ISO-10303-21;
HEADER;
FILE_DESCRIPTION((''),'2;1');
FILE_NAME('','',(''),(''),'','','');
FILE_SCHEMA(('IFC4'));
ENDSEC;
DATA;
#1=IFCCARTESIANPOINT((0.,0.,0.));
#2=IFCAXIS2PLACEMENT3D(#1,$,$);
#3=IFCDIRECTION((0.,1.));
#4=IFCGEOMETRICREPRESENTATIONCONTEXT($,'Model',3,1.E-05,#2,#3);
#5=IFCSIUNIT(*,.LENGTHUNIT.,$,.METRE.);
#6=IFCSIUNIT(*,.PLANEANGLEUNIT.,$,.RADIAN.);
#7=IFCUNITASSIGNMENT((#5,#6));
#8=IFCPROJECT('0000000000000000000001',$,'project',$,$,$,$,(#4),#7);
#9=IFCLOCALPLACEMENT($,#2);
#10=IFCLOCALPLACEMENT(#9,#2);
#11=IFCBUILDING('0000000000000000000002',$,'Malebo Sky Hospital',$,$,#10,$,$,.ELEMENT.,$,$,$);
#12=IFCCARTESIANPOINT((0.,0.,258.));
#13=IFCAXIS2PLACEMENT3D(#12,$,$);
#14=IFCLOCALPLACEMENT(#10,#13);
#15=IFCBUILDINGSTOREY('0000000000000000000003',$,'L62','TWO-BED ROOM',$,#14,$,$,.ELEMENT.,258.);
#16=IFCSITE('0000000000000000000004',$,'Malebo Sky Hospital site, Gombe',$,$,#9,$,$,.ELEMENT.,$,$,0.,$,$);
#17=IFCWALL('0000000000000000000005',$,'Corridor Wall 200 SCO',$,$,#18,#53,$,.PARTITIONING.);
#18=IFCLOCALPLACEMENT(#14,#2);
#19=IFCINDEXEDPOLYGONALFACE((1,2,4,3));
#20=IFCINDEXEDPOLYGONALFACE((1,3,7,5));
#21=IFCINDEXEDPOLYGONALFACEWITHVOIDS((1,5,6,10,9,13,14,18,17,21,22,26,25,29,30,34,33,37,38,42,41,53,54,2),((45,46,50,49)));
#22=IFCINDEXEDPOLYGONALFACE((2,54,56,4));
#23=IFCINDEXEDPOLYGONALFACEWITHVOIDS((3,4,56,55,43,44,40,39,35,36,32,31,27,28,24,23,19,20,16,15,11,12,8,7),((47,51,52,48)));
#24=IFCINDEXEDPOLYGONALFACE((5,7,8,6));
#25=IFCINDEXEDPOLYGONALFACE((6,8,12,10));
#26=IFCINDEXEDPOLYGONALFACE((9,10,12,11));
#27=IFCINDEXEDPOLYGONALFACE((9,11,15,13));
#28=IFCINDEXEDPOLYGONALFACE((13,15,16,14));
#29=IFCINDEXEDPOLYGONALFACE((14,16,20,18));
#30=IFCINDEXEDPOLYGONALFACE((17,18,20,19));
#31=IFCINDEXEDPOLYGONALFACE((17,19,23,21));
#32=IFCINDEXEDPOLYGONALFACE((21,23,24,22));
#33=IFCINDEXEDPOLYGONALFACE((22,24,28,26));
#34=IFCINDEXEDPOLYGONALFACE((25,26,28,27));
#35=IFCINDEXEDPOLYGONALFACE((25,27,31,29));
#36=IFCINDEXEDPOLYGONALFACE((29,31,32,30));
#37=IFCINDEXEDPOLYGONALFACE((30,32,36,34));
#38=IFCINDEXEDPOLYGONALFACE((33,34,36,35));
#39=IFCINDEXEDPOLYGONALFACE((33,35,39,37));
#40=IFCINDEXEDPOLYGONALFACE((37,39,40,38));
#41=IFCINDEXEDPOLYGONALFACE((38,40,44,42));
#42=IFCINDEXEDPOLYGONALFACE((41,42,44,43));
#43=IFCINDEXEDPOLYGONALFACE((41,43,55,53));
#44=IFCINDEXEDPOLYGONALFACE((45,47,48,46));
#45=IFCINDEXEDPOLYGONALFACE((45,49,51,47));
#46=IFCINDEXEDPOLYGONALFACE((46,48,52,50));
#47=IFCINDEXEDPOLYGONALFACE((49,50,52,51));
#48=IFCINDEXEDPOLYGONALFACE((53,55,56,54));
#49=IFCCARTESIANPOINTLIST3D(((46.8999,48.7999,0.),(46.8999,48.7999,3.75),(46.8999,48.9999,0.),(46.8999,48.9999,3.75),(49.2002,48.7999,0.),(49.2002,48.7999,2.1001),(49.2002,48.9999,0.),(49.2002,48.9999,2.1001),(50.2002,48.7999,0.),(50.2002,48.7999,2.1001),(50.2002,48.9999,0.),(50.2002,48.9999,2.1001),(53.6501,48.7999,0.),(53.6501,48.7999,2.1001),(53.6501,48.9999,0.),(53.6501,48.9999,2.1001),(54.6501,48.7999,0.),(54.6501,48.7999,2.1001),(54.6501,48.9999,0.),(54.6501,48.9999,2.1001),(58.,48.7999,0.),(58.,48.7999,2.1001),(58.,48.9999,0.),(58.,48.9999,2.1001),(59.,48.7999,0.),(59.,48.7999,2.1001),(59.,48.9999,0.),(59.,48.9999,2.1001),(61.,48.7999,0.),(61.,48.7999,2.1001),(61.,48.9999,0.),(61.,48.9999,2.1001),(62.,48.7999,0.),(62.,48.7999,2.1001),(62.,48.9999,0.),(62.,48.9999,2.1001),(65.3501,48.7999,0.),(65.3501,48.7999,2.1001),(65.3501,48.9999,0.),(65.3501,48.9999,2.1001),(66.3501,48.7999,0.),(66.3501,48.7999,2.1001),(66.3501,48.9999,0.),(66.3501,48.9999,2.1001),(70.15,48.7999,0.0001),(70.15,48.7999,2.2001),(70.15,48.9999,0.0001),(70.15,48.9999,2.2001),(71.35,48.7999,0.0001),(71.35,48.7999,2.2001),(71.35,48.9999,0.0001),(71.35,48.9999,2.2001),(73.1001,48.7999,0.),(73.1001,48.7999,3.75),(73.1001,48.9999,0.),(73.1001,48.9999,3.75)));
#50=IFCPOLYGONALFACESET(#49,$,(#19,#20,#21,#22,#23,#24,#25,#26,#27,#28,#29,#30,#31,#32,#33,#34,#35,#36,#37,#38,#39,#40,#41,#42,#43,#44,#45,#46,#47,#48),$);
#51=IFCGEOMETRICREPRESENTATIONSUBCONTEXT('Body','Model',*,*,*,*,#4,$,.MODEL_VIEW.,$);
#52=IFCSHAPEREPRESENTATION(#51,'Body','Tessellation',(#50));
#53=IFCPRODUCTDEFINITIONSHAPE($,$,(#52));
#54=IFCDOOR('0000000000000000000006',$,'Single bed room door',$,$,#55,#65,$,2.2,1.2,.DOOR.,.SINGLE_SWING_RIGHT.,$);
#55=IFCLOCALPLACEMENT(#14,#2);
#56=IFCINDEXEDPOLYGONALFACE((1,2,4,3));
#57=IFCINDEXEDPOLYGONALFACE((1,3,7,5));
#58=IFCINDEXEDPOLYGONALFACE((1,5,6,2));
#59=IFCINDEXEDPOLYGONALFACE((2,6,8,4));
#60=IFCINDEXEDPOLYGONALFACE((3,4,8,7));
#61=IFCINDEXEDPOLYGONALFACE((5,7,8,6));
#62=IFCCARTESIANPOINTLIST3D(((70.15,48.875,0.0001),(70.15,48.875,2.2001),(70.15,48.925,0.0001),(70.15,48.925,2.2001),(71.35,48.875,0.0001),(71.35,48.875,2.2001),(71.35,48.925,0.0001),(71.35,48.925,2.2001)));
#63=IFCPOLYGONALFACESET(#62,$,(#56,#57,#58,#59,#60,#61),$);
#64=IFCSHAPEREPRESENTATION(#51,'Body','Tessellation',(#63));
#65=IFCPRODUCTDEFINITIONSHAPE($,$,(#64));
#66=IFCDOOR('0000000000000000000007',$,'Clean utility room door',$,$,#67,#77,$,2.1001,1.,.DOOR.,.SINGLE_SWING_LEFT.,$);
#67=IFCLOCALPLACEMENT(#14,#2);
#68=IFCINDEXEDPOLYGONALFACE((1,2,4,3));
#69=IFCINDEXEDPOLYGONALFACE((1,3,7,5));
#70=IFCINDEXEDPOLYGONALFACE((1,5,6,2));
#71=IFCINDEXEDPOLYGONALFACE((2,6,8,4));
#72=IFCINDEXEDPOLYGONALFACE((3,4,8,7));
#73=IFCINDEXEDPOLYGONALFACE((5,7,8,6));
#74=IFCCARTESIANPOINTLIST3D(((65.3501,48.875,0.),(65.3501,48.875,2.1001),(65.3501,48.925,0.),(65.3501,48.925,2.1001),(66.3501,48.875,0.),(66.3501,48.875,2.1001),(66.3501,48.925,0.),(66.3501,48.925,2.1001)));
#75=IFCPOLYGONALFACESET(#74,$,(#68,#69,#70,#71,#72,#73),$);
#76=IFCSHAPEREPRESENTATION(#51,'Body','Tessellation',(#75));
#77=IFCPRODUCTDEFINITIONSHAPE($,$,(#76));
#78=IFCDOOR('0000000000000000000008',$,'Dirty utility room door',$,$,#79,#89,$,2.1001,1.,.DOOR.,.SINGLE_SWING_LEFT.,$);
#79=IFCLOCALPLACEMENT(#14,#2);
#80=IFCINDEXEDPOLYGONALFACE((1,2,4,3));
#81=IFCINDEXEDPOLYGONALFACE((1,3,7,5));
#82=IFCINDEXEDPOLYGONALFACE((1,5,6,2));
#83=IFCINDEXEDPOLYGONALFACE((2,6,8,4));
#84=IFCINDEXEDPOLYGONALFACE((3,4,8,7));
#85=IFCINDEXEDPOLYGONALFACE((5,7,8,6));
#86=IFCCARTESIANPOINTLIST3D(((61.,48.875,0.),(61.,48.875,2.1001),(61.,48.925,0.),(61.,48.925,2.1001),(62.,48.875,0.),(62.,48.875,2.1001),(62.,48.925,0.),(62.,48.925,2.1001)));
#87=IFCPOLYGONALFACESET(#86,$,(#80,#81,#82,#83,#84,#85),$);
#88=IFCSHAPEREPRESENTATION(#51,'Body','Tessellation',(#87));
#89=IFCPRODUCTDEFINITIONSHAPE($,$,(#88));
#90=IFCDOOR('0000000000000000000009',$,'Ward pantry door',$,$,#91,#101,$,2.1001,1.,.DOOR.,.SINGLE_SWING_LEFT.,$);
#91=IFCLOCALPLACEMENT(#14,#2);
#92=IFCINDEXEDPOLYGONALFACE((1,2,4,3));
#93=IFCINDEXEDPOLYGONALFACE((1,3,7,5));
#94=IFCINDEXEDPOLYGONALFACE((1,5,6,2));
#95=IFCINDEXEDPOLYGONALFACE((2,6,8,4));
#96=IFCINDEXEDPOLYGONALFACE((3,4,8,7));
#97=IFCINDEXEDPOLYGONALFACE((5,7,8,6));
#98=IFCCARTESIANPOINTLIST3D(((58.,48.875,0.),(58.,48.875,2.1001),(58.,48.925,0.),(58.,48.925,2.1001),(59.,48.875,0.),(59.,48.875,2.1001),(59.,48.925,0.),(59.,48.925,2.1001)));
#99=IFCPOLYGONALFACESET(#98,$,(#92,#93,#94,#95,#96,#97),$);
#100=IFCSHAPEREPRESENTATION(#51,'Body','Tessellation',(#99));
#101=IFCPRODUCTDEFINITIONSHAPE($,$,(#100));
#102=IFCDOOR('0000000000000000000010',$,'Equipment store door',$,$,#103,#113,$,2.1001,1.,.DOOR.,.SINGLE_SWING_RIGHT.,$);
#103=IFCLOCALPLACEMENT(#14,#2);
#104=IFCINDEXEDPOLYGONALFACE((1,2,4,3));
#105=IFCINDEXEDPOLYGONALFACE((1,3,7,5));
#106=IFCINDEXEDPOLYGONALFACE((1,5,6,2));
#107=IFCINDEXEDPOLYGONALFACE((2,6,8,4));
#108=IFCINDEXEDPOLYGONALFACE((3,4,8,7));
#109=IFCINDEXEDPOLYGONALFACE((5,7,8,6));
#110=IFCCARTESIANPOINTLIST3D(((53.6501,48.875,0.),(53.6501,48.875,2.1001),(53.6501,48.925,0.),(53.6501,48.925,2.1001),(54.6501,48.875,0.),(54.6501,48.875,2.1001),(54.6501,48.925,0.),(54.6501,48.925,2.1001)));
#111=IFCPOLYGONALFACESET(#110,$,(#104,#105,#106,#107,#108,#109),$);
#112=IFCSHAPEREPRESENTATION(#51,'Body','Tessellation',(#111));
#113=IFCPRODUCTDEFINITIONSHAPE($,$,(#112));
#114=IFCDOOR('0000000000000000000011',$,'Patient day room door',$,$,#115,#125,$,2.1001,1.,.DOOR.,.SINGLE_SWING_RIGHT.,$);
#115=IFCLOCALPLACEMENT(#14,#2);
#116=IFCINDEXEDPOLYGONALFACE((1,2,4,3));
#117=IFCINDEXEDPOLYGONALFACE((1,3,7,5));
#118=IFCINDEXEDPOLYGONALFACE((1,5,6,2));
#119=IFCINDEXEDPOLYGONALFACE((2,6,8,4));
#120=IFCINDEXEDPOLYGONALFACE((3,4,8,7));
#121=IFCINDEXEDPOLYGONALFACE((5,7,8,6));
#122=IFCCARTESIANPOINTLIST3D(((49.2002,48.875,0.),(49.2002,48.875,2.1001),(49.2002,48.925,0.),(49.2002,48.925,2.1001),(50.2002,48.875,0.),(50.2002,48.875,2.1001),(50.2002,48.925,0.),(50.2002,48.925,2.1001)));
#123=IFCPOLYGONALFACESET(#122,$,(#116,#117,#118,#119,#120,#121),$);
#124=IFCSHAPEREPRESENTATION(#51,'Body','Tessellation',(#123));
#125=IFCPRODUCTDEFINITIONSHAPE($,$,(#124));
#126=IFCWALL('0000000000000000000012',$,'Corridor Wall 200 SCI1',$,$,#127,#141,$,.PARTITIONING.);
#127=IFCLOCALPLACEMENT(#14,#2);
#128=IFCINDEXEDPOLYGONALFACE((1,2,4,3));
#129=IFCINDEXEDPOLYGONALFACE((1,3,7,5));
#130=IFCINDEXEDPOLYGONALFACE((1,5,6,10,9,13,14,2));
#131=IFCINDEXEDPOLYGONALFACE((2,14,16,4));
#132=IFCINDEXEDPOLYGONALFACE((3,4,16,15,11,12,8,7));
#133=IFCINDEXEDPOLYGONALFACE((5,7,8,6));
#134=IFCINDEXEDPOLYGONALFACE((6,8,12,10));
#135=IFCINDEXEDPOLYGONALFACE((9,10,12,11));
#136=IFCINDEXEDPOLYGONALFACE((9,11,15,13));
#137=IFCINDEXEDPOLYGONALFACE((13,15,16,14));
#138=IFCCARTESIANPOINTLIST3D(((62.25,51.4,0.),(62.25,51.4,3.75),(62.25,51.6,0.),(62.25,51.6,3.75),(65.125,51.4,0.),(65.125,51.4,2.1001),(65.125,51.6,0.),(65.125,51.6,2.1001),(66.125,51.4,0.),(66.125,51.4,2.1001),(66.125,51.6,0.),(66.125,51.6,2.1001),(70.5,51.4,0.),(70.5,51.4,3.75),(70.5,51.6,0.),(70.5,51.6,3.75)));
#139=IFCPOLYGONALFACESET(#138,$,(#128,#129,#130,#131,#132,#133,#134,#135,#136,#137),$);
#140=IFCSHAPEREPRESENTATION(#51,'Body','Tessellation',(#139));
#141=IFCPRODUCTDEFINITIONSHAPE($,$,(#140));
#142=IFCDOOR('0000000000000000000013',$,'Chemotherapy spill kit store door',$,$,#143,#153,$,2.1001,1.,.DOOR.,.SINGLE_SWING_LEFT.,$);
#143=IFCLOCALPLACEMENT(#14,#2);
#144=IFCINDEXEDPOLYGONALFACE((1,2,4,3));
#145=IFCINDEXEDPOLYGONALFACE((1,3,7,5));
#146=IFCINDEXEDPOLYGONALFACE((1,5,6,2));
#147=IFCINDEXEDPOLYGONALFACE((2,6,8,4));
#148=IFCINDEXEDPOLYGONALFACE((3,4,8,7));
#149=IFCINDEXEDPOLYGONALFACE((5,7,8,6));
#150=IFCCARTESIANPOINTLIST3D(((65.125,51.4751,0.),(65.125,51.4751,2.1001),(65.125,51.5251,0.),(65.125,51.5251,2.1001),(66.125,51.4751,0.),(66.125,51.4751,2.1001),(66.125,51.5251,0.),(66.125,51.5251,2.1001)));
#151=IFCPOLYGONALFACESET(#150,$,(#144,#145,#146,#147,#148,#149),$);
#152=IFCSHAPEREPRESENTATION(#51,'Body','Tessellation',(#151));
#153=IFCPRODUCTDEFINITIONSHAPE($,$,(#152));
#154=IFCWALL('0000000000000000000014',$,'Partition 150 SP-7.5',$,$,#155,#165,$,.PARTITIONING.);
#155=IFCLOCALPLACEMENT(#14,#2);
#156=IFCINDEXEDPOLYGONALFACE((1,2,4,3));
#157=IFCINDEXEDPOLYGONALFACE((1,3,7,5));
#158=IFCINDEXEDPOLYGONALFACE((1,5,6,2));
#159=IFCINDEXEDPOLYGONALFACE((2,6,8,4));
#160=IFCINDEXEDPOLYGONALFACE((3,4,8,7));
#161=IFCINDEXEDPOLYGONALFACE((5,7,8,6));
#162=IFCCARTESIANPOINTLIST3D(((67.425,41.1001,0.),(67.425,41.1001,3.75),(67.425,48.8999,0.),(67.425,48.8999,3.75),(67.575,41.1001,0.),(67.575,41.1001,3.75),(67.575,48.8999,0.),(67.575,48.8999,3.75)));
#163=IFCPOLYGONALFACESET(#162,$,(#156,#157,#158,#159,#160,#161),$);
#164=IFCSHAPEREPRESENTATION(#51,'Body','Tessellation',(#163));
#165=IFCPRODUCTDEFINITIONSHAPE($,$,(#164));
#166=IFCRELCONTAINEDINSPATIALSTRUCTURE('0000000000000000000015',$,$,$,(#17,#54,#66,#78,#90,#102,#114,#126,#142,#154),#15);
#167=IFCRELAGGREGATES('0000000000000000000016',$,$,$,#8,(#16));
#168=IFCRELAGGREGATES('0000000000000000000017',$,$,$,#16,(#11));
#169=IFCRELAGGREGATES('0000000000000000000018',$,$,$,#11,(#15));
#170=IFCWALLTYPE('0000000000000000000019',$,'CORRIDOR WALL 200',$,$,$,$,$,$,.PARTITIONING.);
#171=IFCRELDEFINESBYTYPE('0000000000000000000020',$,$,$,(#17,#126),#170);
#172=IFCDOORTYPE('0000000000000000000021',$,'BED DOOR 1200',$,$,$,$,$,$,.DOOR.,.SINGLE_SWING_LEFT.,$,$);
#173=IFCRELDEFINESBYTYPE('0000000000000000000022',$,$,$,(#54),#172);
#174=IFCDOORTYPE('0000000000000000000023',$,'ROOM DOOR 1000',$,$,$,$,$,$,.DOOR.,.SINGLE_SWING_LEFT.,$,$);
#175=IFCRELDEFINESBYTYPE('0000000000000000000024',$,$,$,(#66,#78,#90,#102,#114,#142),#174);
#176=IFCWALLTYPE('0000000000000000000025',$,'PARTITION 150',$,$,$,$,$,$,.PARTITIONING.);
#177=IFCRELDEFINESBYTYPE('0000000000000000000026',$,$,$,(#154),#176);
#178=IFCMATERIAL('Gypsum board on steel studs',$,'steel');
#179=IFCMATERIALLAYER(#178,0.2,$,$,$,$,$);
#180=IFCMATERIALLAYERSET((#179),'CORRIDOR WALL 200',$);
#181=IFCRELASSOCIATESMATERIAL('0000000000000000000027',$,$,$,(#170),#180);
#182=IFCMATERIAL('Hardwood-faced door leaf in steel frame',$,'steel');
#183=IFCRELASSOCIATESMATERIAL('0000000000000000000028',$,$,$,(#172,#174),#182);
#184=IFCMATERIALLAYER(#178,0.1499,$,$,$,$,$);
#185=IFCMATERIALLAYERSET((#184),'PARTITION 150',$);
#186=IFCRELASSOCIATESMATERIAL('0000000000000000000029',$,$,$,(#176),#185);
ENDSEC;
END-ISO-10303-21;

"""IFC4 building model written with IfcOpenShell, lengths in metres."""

from ifc_helpers import new_model, si_unit, direction, frame, frame_2d, origin, place, context, subcontext, project, spatial, rectangle, extrude, material, layer, layer_set, type_object, element, fill, save


model = new_model("IFC4")

# Units and contexts
model_context = context("Model", 3, precision=1e-05, world=origin(), true_north=direction((0.0, 1.0)))
body_context = subcontext(model_context, "Body", "Model", "MODEL_VIEW")
ifc_project = project(units=[si_unit("LENGTHUNIT", "METRE"), si_unit("PLANEANGLEUNIT", "RADIAN")], contexts=[model_context])

# Site, building, storey
site_placement = place(None, origin())
site = spatial("IfcSite", under=ifc_project, at=site_placement, Name="Malebo Sky Hospital site, Gombe", CompositionType="ELEMENT", RefElevation=0.0)
building_placement = place(site_placement, origin())
building = spatial("IfcBuilding", under=site, at=building_placement, Name="Malebo Sky Hospital", CompositionType="ELEMENT")
storey_placement = place(building_placement, frame((0.0, 0.0, 258.0)))
storey = spatial("IfcBuildingStorey", under=building, at=storey_placement, Name="L62", Description="TWO-BED ROOM", CompositionType="ELEMENT", Elevation=258.0)

# Shared definitions
ifc_material_1 = material(Name="Hardwood-faced door leaf in steel frame", Category="steel")

# Wall, openings, doors
ifc_material_2 = material(Name="Gypsum board on steel studs", Category="steel")
ifc_layer_1 = layer(ifc_material_2, 0.2)
ifc_layer_set_1 = layer_set([ifc_layer_1], Name="CORRIDOR WALL 200")
wall_type_1 = type_object("IfcWallType", Name="CORRIDOR WALL 200", PredefinedType="PARTITIONING", material=ifc_layer_set_1)
wall_1_placement = place(storey_placement, frame((73.1001, 48.8999, 0.0), z_axis=(0.0, 0.0, 1.0), x_axis=(-1.0, 0.0, 0.0)))
wall_1 = element("IfcWall", 1, at=wall_1_placement, inside=storey, type_object=wall_type_1, Name="Corridor Wall 200 SCO", PredefinedType="PARTITIONING", context=body_context, shape_type="SweptSolid", body=[
    extrude(rectangle(XDim=26.2002, YDim=0.2, at=frame_2d((13.1001, 0.0))), origin(), (0.0, 0.0, 1.0), 3.75),
])
opening_1_placement = place(wall_1_placement, frame((1.75, 0.0, 0.0)))
opening_1 = element("IfcOpeningElement", 2, at=opening_1_placement, cuts=wall_1, PredefinedType="OPENING", context=body_context, shape_type="SweptSolid", body=[
    extrude(rectangle(XDim=1.2, YDim=2.2, at=frame_2d((0.6001, 1.1001))), frame((0.0, 0.1099, 0.0), z_axis=(0.0, -1.0, 0.0), x_axis=(1.0, 0.0, 0.0)), (0.0, 0.0, 1.0), 0.22),
])
opening_2_placement = place(wall_1_placement, frame((6.75, 0.0, 0.0)))
opening_2 = element("IfcOpeningElement", 3, at=opening_2_placement, cuts=wall_1, PredefinedType="OPENING", context=body_context, shape_type="SweptSolid", body=[
    extrude(rectangle(XDim=1.0, YDim=2.1001, at=frame_2d((0.5, 1.05))), frame((0.0, 0.1099, 0.0), z_axis=(0.0, -1.0, 0.0), x_axis=(1.0, 0.0, 0.0)), (0.0, 0.0, 1.0), 0.22),
])
opening_3_placement = place(wall_1_placement, frame((11.1001, 0.0, 0.0)))
opening_3 = element("IfcOpeningElement", 4, at=opening_3_placement, cuts=wall_1, PredefinedType="OPENING", context=body_context, shape_type="SweptSolid", body=[
    extrude(rectangle(XDim=1.0, YDim=2.1001, at=frame_2d((0.5, 1.05))), frame((0.0, 0.1099, 0.0), z_axis=(0.0, -1.0, 0.0), x_axis=(1.0, 0.0, 0.0)), (0.0, 0.0, 1.0), 0.22),
])
opening_4_placement = place(wall_1_placement, frame((14.1001, 0.0, 0.0)))
opening_4 = element("IfcOpeningElement", 5, at=opening_4_placement, cuts=wall_1, PredefinedType="OPENING", context=body_context, shape_type="SweptSolid", body=[
    extrude(rectangle(XDim=1.0, YDim=2.1001, at=frame_2d((0.5, 1.05))), frame((0.0, 0.1099, 0.0), z_axis=(0.0, -1.0, 0.0), x_axis=(1.0, 0.0, 0.0)), (0.0, 0.0, 1.0), 0.22),
])
opening_5_placement = place(wall_1_placement, frame((18.45, 0.0, 0.0)))
opening_5 = element("IfcOpeningElement", 6, at=opening_5_placement, cuts=wall_1, PredefinedType="OPENING", context=body_context, shape_type="SweptSolid", body=[
    extrude(rectangle(XDim=1.0, YDim=2.1001, at=frame_2d((0.5, 1.05))), frame((0.0, 0.1099, 0.0), z_axis=(0.0, -1.0, 0.0), x_axis=(1.0, 0.0, 0.0)), (0.0, 0.0, 1.0), 0.22),
])
opening_6_placement = place(wall_1_placement, frame((22.8999, 0.0, 0.0)))
opening_6 = element("IfcOpeningElement", 7, at=opening_6_placement, cuts=wall_1, PredefinedType="OPENING", context=body_context, shape_type="SweptSolid", body=[
    extrude(rectangle(XDim=1.0, YDim=2.1001, at=frame_2d((0.5, 1.05))), frame((0.0, 0.1099, 0.0), z_axis=(0.0, -1.0, 0.0), x_axis=(1.0, 0.0, 0.0)), (0.0, 0.0, 1.0), 0.22),
])
door_type_1 = type_object("IfcDoorType", Name="BED DOOR 1200", OperationType="SINGLE_SWING_LEFT", PredefinedType="DOOR", material=ifc_material_1)
door_1_placement = place(opening_1_placement, origin())
door_1 = element("IfcDoor", 8, at=door_1_placement, inside=storey, type_object=door_type_1, Name="Single bed room door", OperationType="SINGLE_SWING_RIGHT", OverallHeight=2.2, OverallWidth=1.2, PredefinedType="DOOR", context=body_context, shape_type="SweptSolid", body=[
    extrude(rectangle(XDim=1.2, YDim=2.2, at=frame_2d((0.6001, 1.1001))), frame((0.0, 0.0249, 0.0), z_axis=(0.0, -1.0, 0.0), x_axis=(1.0, 0.0, 0.0)), (0.0, 0.0, 1.0), 0.05),
])
fill(opening_1, door_1)
door_type_2 = type_object("IfcDoorType", Name="ROOM DOOR 1000", OperationType="SINGLE_SWING_LEFT", PredefinedType="DOOR", material=ifc_material_1)
door_2_placement = place(opening_2_placement, origin())
door_2 = element("IfcDoor", 9, at=door_2_placement, inside=storey, type_object=door_type_2, Name="Clean utility room door", OperationType="SINGLE_SWING_LEFT", OverallHeight=2.1001, OverallWidth=1.0, PredefinedType="DOOR", context=body_context, shape_type="SweptSolid", body=[
    extrude(rectangle(XDim=1.0, YDim=2.1001, at=frame_2d((0.5, 1.05))), frame((0.0, 0.0249, 0.0), z_axis=(0.0, -1.0, 0.0), x_axis=(1.0, 0.0, 0.0)), (0.0, 0.0, 1.0), 0.05),
])
fill(opening_2, door_2)
door_3_placement = place(opening_3_placement, origin())
door_3 = element("IfcDoor", 10, at=door_3_placement, inside=storey, type_object=door_type_2, Name="Dirty utility room door", OperationType="SINGLE_SWING_LEFT", OverallHeight=2.1001, OverallWidth=1.0, PredefinedType="DOOR", context=body_context, shape_type="SweptSolid", body=[
    extrude(rectangle(XDim=1.0, YDim=2.1001, at=frame_2d((0.5, 1.05))), frame((0.0, 0.0249, 0.0), z_axis=(0.0, -1.0, 0.0), x_axis=(1.0, 0.0, 0.0)), (0.0, 0.0, 1.0), 0.05),
])
fill(opening_3, door_3)
door_4_placement = place(opening_4_placement, origin())
door_4 = element("IfcDoor", 11, at=door_4_placement, inside=storey, type_object=door_type_2, Name="Ward pantry door", OperationType="SINGLE_SWING_LEFT", OverallHeight=2.1001, OverallWidth=1.0, PredefinedType="DOOR", context=body_context, shape_type="SweptSolid", body=[
    extrude(rectangle(XDim=1.0, YDim=2.1001, at=frame_2d((0.5, 1.05))), frame((0.0, 0.0249, 0.0), z_axis=(0.0, -1.0, 0.0), x_axis=(1.0, 0.0, 0.0)), (0.0, 0.0, 1.0), 0.05),
])
fill(opening_4, door_4)
door_5_placement = place(opening_5_placement, origin())
door_5 = element("IfcDoor", 12, at=door_5_placement, inside=storey, type_object=door_type_2, Name="Equipment store door", OperationType="SINGLE_SWING_RIGHT", OverallHeight=2.1001, OverallWidth=1.0, PredefinedType="DOOR", context=body_context, shape_type="SweptSolid", body=[
    extrude(rectangle(XDim=1.0, YDim=2.1001, at=frame_2d((0.5, 1.05))), frame((0.0, 0.0249, 0.0), z_axis=(0.0, -1.0, 0.0), x_axis=(1.0, 0.0, 0.0)), (0.0, 0.0, 1.0), 0.05),
])
fill(opening_5, door_5)
door_6_placement = place(opening_6_placement, origin())
door_6 = element("IfcDoor", 13, at=door_6_placement, inside=storey, type_object=door_type_2, Name="Patient day room door", OperationType="SINGLE_SWING_RIGHT", OverallHeight=2.1001, OverallWidth=1.0, PredefinedType="DOOR", context=body_context, shape_type="SweptSolid", body=[
    extrude(rectangle(XDim=1.0, YDim=2.1001, at=frame_2d((0.5, 1.05))), frame((0.0, 0.0249, 0.0), z_axis=(0.0, -1.0, 0.0), x_axis=(1.0, 0.0, 0.0)), (0.0, 0.0, 1.0), 0.05),
])
fill(opening_6, door_6)

# Wall, opening, door
wall_2_placement = place(storey_placement, frame((70.5, 51.5, 0.0), z_axis=(0.0, 0.0, 1.0), x_axis=(-1.0, 0.0, 0.0)))
wall_2 = element("IfcWall", 14, at=wall_2_placement, inside=storey, type_object=wall_type_1, Name="Corridor Wall 200 SCI1", PredefinedType="PARTITIONING", context=body_context, shape_type="SweptSolid", body=[
    extrude(rectangle(XDim=8.25, YDim=0.2, at=frame_2d((4.125, 0.0))), origin(), (0.0, 0.0, 1.0), 3.75),
])
opening_7_placement = place(wall_2_placement, frame((4.375, 0.0, 0.0)))
opening_7 = element("IfcOpeningElement", 15, at=opening_7_placement, cuts=wall_2, PredefinedType="OPENING", context=body_context, shape_type="SweptSolid", body=[
    extrude(rectangle(XDim=1.0, YDim=2.1001, at=frame_2d((0.5, 1.05))), frame((0.0, 0.1099, 0.0), z_axis=(0.0, -1.0, 0.0), x_axis=(1.0, 0.0, 0.0)), (0.0, 0.0, 1.0), 0.22),
])
door_7_placement = place(opening_7_placement, origin())
door_7 = element("IfcDoor", 16, at=door_7_placement, inside=storey, type_object=door_type_2, Name="Chemotherapy spill kit store door", OperationType="SINGLE_SWING_LEFT", OverallHeight=2.1001, OverallWidth=1.0, PredefinedType="DOOR", context=body_context, shape_type="SweptSolid", body=[
    extrude(rectangle(XDim=1.0, YDim=2.1001, at=frame_2d((0.5, 1.05))), frame((0.0, 0.0249, 0.0), z_axis=(0.0, -1.0, 0.0), x_axis=(1.0, 0.0, 0.0)), (0.0, 0.0, 1.0), 0.05),
])
fill(opening_7, door_7)

# Wall
ifc_layer_2 = layer(ifc_material_2, 0.1499)
ifc_layer_set_2 = layer_set([ifc_layer_2], Name="PARTITION 150")
wall_type_2 = type_object("IfcWallType", Name="PARTITION 150", PredefinedType="PARTITIONING", material=ifc_layer_set_2)
for number, where, z_axis, x_axis, name in (
    (17, (67.5, 48.8999, 0.0), (0.0, 0.0, 1.0), (0.0, -1.0, 0.0), "Partition 150 SP-7.5"),
):
    element("IfcWall", number, at=place(storey_placement, frame(where, z_axis=z_axis, x_axis=x_axis)), inside=storey, type_object=wall_type_2, Name=name, PredefinedType="PARTITIONING", context=body_context, shape_type="SweptSolid", body=[
        extrude(rectangle(XDim=7.7998, YDim=0.1499, at=frame_2d((3.8999, 0.0))), origin(), (0.0, 0.0, 1.0), 3.75),
    ])

save(model, "model.ifc")
